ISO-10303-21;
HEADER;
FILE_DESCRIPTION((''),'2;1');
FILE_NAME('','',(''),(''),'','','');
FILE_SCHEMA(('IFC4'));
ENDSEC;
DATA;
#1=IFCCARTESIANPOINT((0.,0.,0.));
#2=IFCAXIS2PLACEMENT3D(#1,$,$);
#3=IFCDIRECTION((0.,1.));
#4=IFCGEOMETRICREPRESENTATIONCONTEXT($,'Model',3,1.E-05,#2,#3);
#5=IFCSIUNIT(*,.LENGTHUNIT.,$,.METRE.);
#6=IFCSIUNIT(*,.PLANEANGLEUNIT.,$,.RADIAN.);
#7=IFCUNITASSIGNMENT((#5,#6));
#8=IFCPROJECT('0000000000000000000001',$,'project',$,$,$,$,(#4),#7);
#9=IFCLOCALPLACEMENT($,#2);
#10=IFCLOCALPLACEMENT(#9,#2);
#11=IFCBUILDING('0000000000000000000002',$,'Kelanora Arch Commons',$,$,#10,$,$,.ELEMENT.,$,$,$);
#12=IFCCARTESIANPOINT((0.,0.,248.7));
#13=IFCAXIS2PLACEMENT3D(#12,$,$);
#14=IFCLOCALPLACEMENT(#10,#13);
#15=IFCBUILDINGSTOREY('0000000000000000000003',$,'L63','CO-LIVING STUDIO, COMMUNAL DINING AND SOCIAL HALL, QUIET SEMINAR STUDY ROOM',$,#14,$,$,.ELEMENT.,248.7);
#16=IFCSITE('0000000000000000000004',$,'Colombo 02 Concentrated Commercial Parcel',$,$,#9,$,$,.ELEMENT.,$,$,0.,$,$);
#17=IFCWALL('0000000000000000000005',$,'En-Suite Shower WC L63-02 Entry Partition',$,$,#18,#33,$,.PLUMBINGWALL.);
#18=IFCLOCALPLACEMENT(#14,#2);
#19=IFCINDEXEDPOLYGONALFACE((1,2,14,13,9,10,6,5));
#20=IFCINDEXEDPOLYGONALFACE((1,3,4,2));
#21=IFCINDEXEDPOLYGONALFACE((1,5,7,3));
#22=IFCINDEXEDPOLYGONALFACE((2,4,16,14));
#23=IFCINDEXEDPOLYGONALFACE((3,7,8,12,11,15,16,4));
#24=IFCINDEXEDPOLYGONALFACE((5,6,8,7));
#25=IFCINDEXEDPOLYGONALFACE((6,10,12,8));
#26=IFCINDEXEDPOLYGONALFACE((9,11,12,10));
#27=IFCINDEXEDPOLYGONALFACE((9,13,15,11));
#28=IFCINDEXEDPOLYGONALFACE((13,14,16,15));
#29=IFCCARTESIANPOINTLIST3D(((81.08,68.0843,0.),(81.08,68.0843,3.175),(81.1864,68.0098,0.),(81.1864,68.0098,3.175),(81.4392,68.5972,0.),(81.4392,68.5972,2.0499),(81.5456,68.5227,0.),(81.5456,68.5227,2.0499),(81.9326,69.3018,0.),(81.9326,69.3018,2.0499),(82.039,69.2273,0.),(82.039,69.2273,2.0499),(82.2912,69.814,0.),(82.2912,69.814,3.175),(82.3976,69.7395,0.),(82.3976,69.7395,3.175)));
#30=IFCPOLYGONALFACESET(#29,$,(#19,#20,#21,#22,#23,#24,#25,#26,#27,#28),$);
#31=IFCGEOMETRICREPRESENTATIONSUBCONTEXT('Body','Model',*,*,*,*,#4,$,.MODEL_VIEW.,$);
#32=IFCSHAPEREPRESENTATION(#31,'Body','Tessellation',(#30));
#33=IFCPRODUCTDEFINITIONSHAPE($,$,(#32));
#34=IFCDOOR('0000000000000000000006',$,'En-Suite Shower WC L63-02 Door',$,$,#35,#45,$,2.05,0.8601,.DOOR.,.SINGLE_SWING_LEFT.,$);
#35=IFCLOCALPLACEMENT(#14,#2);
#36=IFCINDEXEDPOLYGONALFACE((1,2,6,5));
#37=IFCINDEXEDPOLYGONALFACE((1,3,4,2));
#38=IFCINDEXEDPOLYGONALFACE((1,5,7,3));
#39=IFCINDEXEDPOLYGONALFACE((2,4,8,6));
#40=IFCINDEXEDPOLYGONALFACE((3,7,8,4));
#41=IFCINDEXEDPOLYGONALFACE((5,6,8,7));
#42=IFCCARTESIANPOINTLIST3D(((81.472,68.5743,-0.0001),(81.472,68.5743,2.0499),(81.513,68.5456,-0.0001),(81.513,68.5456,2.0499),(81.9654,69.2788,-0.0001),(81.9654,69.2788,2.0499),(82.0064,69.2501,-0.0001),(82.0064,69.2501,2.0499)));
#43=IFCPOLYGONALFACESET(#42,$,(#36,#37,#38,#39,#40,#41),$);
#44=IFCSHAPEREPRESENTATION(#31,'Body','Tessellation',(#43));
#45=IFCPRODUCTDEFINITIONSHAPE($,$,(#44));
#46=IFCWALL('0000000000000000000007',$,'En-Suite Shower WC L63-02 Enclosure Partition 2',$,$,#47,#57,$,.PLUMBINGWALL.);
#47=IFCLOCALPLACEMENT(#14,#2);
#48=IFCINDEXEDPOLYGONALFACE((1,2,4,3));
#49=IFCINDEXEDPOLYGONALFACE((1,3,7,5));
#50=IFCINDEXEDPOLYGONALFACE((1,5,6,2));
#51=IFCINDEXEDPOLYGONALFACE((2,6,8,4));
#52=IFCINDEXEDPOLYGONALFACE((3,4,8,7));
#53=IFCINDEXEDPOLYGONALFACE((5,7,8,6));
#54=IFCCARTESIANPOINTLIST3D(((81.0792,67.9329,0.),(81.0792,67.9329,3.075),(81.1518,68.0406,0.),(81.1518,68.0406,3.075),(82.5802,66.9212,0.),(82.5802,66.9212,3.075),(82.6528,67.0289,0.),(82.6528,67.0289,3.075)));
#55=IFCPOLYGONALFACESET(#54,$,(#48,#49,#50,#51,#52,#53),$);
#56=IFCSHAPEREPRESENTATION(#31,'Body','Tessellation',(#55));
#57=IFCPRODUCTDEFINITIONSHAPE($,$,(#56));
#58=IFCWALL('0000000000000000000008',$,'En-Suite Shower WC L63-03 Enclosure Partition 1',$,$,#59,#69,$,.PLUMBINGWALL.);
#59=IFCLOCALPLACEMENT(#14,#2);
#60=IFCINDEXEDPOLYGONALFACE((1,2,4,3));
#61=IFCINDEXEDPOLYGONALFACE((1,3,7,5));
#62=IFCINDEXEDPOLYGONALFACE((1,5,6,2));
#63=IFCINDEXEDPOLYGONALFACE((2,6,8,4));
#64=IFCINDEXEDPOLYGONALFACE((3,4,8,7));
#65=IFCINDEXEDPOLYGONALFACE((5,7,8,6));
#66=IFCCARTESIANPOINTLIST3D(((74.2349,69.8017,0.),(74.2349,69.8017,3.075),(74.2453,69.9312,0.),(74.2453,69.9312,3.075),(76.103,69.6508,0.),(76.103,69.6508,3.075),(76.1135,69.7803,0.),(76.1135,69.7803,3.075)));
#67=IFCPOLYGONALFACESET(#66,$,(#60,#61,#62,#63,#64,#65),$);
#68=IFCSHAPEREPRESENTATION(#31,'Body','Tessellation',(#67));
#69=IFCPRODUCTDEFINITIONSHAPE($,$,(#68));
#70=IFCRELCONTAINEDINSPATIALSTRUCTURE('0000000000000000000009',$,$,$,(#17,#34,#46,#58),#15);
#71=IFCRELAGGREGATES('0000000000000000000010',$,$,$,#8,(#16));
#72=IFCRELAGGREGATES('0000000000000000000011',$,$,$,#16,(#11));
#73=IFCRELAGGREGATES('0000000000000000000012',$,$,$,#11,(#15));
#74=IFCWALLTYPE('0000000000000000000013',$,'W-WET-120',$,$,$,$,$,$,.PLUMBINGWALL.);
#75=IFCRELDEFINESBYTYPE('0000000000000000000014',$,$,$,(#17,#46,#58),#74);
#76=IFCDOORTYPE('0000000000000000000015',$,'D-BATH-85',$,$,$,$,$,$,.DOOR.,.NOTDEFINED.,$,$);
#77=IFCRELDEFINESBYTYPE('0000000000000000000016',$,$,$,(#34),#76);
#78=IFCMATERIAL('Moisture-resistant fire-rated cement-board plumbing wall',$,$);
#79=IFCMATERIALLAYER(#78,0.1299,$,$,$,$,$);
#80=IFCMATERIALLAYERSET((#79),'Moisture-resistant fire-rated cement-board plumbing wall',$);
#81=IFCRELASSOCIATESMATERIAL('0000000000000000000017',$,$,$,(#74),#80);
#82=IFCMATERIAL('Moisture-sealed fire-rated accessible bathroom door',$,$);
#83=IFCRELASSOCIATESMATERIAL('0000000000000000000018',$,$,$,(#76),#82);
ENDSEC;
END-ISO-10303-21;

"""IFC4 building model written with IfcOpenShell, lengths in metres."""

from ifc_helpers import new_model, si_unit, direction, frame, frame_2d, origin, place, context, subcontext, project, spatial, rectangle, extrude, material, layer, layer_set, type_object, element, fill, save


model = new_model("IFC4")

# Units and contexts
model_context = context("Model", 3, precision=1e-05, world=origin(), true_north=direction((0.0, 1.0)))
body_context = subcontext(model_context, "Body", "Model", "MODEL_VIEW")
ifc_project = project(units=[si_unit("LENGTHUNIT", "METRE"), si_unit("PLANEANGLEUNIT", "RADIAN")], contexts=[model_context])

# Site, building, storey
site_placement = place(None, origin())
site = spatial("IfcSite", under=ifc_project, at=site_placement, Name="Colombo 02 Concentrated Commercial Parcel", CompositionType="ELEMENT", RefElevation=0.0)
building_placement = place(site_placement, origin())
building = spatial("IfcBuilding", under=site, at=building_placement, Name="Kelanora Arch Commons", CompositionType="ELEMENT")
storey_placement = place(building_placement, frame((0.0, 0.0, 248.7)))
storey = spatial("IfcBuildingStorey", under=building, at=storey_placement, Name="L63", Description="CO-LIVING STUDIO, COMMUNAL DINING AND SOCIAL HALL, QUIET SEMINAR STUDY ROOM", CompositionType="ELEMENT", Elevation=248.7)

# Wall, opening, door
ifc_material_1 = material(Name="Moisture-resistant fire-rated cement-board plumbing wall")
ifc_layer_1 = layer(ifc_material_1, 0.1299)
ifc_layer_set_1 = layer_set([ifc_layer_1], Name="Moisture-resistant fire-rated cement-board plumbing wall")
wall_type_1 = type_object("IfcWallType", Name="W-WET-120", PredefinedType="PLUMBINGWALL", material=ifc_layer_set_1)
wall_1_placement = place(storey_placement, frame((81.1333, 68.0471, 0.0), z_axis=(0.0, 0.0, 1.0), x_axis=(0.573579, 0.81915, 0.0)))
wall_1 = element("IfcWall", 1, at=wall_1_placement, inside=storey, type_object=wall_type_1, Name="En-Suite Shower WC L63-02 Entry Partition", PredefinedType="PLUMBINGWALL", context=body_context, shape_type="SweptSolid", body=[
    extrude(rectangle(XDim=2.1116, YDim=0.1299, at=frame_2d((1.0557, 0.0))), origin(), (0.0, 0.0, 1.0), 3.175),
])
opening_1_placement = place(wall_1_placement, frame((0.626, 0.0, 0.0)))
opening_1 = element("IfcOpeningElement", 2, at=opening_1_placement, cuts=wall_1, PredefinedType="OPENING", context=body_context, shape_type="SweptSolid", body=[
    extrude(rectangle(XDim=0.8601, YDim=2.05, at=frame_2d((0.4302, 1.0249))), frame((0.0, 0.075, 0.0), z_axis=(0.0, -1.0, 0.0), x_axis=(1.0, 0.0, 0.0)), (0.0, 0.0, 1.0), 0.1499),
])
ifc_material_2 = material(Name="Moisture-sealed fire-rated accessible bathroom door")
door_type_1 = type_object("IfcDoorType", Name="D-BATH-85", OperationType="NOTDEFINED", PredefinedType="DOOR", material=ifc_material_2)
door_1_placement = place(opening_1_placement, origin())
door_1 = element("IfcDoor", 3, at=door_1_placement, inside=storey, type_object=door_type_1, Name="En-Suite Shower WC L63-02 Door", OperationType="SINGLE_SWING_LEFT", OverallHeight=2.05, OverallWidth=0.8601, PredefinedType="DOOR", context=body_context, shape_type="SweptSolid", body=[
    extrude(rectangle(XDim=0.8601, YDim=2.05, at=frame_2d((0.4302, 1.0249))), frame((0.0, 0.0249, 0.0), z_axis=(0.0, -1.0, 0.0), x_axis=(1.0, 0.0, 0.0)), (0.0, 0.0, 1.0), 0.05),
])
fill(opening_1, door_1)

# Walls
wall_2_placement = place(storey_placement, frame((82.6165, 66.9751, 0.0), z_axis=(0.0, 0.0, 1.0), x_axis=(-0.829218, 0.558926, 0.0)))
element("IfcWall", 4, at=wall_2_placement, inside=storey, type_object=wall_type_1, Name="En-Suite Shower WC L63-02 Enclosure Partition 2", PredefinedType="PLUMBINGWALL", context=body_context, shape_type="SweptSolid", body=[
    extrude(rectangle(XDim=1.8101, YDim=0.1299, at=frame_2d((0.905, 0.0))), origin(), (0.0, 0.0, 1.0), 3.075),
])
wall_3_placement = place(storey_placement, frame((76.1082, 69.7156, 0.0), z_axis=(0.0, 0.0, 1.0), x_axis=(-0.996755, 0.080501, 0.0)))
element("IfcWall", 5, at=wall_3_placement, inside=storey, type_object=wall_type_1, Name="En-Suite Shower WC L63-03 Enclosure Partition 1", PredefinedType="PLUMBINGWALL", context=body_context, shape_type="SweptSolid", body=[
    extrude(rectangle(XDim=1.8743, YDim=0.1299, at=frame_2d((0.937, 0.0))), origin(), (0.0, 0.0, 1.0), 3.075),
])

save(model, "model.ifc")
